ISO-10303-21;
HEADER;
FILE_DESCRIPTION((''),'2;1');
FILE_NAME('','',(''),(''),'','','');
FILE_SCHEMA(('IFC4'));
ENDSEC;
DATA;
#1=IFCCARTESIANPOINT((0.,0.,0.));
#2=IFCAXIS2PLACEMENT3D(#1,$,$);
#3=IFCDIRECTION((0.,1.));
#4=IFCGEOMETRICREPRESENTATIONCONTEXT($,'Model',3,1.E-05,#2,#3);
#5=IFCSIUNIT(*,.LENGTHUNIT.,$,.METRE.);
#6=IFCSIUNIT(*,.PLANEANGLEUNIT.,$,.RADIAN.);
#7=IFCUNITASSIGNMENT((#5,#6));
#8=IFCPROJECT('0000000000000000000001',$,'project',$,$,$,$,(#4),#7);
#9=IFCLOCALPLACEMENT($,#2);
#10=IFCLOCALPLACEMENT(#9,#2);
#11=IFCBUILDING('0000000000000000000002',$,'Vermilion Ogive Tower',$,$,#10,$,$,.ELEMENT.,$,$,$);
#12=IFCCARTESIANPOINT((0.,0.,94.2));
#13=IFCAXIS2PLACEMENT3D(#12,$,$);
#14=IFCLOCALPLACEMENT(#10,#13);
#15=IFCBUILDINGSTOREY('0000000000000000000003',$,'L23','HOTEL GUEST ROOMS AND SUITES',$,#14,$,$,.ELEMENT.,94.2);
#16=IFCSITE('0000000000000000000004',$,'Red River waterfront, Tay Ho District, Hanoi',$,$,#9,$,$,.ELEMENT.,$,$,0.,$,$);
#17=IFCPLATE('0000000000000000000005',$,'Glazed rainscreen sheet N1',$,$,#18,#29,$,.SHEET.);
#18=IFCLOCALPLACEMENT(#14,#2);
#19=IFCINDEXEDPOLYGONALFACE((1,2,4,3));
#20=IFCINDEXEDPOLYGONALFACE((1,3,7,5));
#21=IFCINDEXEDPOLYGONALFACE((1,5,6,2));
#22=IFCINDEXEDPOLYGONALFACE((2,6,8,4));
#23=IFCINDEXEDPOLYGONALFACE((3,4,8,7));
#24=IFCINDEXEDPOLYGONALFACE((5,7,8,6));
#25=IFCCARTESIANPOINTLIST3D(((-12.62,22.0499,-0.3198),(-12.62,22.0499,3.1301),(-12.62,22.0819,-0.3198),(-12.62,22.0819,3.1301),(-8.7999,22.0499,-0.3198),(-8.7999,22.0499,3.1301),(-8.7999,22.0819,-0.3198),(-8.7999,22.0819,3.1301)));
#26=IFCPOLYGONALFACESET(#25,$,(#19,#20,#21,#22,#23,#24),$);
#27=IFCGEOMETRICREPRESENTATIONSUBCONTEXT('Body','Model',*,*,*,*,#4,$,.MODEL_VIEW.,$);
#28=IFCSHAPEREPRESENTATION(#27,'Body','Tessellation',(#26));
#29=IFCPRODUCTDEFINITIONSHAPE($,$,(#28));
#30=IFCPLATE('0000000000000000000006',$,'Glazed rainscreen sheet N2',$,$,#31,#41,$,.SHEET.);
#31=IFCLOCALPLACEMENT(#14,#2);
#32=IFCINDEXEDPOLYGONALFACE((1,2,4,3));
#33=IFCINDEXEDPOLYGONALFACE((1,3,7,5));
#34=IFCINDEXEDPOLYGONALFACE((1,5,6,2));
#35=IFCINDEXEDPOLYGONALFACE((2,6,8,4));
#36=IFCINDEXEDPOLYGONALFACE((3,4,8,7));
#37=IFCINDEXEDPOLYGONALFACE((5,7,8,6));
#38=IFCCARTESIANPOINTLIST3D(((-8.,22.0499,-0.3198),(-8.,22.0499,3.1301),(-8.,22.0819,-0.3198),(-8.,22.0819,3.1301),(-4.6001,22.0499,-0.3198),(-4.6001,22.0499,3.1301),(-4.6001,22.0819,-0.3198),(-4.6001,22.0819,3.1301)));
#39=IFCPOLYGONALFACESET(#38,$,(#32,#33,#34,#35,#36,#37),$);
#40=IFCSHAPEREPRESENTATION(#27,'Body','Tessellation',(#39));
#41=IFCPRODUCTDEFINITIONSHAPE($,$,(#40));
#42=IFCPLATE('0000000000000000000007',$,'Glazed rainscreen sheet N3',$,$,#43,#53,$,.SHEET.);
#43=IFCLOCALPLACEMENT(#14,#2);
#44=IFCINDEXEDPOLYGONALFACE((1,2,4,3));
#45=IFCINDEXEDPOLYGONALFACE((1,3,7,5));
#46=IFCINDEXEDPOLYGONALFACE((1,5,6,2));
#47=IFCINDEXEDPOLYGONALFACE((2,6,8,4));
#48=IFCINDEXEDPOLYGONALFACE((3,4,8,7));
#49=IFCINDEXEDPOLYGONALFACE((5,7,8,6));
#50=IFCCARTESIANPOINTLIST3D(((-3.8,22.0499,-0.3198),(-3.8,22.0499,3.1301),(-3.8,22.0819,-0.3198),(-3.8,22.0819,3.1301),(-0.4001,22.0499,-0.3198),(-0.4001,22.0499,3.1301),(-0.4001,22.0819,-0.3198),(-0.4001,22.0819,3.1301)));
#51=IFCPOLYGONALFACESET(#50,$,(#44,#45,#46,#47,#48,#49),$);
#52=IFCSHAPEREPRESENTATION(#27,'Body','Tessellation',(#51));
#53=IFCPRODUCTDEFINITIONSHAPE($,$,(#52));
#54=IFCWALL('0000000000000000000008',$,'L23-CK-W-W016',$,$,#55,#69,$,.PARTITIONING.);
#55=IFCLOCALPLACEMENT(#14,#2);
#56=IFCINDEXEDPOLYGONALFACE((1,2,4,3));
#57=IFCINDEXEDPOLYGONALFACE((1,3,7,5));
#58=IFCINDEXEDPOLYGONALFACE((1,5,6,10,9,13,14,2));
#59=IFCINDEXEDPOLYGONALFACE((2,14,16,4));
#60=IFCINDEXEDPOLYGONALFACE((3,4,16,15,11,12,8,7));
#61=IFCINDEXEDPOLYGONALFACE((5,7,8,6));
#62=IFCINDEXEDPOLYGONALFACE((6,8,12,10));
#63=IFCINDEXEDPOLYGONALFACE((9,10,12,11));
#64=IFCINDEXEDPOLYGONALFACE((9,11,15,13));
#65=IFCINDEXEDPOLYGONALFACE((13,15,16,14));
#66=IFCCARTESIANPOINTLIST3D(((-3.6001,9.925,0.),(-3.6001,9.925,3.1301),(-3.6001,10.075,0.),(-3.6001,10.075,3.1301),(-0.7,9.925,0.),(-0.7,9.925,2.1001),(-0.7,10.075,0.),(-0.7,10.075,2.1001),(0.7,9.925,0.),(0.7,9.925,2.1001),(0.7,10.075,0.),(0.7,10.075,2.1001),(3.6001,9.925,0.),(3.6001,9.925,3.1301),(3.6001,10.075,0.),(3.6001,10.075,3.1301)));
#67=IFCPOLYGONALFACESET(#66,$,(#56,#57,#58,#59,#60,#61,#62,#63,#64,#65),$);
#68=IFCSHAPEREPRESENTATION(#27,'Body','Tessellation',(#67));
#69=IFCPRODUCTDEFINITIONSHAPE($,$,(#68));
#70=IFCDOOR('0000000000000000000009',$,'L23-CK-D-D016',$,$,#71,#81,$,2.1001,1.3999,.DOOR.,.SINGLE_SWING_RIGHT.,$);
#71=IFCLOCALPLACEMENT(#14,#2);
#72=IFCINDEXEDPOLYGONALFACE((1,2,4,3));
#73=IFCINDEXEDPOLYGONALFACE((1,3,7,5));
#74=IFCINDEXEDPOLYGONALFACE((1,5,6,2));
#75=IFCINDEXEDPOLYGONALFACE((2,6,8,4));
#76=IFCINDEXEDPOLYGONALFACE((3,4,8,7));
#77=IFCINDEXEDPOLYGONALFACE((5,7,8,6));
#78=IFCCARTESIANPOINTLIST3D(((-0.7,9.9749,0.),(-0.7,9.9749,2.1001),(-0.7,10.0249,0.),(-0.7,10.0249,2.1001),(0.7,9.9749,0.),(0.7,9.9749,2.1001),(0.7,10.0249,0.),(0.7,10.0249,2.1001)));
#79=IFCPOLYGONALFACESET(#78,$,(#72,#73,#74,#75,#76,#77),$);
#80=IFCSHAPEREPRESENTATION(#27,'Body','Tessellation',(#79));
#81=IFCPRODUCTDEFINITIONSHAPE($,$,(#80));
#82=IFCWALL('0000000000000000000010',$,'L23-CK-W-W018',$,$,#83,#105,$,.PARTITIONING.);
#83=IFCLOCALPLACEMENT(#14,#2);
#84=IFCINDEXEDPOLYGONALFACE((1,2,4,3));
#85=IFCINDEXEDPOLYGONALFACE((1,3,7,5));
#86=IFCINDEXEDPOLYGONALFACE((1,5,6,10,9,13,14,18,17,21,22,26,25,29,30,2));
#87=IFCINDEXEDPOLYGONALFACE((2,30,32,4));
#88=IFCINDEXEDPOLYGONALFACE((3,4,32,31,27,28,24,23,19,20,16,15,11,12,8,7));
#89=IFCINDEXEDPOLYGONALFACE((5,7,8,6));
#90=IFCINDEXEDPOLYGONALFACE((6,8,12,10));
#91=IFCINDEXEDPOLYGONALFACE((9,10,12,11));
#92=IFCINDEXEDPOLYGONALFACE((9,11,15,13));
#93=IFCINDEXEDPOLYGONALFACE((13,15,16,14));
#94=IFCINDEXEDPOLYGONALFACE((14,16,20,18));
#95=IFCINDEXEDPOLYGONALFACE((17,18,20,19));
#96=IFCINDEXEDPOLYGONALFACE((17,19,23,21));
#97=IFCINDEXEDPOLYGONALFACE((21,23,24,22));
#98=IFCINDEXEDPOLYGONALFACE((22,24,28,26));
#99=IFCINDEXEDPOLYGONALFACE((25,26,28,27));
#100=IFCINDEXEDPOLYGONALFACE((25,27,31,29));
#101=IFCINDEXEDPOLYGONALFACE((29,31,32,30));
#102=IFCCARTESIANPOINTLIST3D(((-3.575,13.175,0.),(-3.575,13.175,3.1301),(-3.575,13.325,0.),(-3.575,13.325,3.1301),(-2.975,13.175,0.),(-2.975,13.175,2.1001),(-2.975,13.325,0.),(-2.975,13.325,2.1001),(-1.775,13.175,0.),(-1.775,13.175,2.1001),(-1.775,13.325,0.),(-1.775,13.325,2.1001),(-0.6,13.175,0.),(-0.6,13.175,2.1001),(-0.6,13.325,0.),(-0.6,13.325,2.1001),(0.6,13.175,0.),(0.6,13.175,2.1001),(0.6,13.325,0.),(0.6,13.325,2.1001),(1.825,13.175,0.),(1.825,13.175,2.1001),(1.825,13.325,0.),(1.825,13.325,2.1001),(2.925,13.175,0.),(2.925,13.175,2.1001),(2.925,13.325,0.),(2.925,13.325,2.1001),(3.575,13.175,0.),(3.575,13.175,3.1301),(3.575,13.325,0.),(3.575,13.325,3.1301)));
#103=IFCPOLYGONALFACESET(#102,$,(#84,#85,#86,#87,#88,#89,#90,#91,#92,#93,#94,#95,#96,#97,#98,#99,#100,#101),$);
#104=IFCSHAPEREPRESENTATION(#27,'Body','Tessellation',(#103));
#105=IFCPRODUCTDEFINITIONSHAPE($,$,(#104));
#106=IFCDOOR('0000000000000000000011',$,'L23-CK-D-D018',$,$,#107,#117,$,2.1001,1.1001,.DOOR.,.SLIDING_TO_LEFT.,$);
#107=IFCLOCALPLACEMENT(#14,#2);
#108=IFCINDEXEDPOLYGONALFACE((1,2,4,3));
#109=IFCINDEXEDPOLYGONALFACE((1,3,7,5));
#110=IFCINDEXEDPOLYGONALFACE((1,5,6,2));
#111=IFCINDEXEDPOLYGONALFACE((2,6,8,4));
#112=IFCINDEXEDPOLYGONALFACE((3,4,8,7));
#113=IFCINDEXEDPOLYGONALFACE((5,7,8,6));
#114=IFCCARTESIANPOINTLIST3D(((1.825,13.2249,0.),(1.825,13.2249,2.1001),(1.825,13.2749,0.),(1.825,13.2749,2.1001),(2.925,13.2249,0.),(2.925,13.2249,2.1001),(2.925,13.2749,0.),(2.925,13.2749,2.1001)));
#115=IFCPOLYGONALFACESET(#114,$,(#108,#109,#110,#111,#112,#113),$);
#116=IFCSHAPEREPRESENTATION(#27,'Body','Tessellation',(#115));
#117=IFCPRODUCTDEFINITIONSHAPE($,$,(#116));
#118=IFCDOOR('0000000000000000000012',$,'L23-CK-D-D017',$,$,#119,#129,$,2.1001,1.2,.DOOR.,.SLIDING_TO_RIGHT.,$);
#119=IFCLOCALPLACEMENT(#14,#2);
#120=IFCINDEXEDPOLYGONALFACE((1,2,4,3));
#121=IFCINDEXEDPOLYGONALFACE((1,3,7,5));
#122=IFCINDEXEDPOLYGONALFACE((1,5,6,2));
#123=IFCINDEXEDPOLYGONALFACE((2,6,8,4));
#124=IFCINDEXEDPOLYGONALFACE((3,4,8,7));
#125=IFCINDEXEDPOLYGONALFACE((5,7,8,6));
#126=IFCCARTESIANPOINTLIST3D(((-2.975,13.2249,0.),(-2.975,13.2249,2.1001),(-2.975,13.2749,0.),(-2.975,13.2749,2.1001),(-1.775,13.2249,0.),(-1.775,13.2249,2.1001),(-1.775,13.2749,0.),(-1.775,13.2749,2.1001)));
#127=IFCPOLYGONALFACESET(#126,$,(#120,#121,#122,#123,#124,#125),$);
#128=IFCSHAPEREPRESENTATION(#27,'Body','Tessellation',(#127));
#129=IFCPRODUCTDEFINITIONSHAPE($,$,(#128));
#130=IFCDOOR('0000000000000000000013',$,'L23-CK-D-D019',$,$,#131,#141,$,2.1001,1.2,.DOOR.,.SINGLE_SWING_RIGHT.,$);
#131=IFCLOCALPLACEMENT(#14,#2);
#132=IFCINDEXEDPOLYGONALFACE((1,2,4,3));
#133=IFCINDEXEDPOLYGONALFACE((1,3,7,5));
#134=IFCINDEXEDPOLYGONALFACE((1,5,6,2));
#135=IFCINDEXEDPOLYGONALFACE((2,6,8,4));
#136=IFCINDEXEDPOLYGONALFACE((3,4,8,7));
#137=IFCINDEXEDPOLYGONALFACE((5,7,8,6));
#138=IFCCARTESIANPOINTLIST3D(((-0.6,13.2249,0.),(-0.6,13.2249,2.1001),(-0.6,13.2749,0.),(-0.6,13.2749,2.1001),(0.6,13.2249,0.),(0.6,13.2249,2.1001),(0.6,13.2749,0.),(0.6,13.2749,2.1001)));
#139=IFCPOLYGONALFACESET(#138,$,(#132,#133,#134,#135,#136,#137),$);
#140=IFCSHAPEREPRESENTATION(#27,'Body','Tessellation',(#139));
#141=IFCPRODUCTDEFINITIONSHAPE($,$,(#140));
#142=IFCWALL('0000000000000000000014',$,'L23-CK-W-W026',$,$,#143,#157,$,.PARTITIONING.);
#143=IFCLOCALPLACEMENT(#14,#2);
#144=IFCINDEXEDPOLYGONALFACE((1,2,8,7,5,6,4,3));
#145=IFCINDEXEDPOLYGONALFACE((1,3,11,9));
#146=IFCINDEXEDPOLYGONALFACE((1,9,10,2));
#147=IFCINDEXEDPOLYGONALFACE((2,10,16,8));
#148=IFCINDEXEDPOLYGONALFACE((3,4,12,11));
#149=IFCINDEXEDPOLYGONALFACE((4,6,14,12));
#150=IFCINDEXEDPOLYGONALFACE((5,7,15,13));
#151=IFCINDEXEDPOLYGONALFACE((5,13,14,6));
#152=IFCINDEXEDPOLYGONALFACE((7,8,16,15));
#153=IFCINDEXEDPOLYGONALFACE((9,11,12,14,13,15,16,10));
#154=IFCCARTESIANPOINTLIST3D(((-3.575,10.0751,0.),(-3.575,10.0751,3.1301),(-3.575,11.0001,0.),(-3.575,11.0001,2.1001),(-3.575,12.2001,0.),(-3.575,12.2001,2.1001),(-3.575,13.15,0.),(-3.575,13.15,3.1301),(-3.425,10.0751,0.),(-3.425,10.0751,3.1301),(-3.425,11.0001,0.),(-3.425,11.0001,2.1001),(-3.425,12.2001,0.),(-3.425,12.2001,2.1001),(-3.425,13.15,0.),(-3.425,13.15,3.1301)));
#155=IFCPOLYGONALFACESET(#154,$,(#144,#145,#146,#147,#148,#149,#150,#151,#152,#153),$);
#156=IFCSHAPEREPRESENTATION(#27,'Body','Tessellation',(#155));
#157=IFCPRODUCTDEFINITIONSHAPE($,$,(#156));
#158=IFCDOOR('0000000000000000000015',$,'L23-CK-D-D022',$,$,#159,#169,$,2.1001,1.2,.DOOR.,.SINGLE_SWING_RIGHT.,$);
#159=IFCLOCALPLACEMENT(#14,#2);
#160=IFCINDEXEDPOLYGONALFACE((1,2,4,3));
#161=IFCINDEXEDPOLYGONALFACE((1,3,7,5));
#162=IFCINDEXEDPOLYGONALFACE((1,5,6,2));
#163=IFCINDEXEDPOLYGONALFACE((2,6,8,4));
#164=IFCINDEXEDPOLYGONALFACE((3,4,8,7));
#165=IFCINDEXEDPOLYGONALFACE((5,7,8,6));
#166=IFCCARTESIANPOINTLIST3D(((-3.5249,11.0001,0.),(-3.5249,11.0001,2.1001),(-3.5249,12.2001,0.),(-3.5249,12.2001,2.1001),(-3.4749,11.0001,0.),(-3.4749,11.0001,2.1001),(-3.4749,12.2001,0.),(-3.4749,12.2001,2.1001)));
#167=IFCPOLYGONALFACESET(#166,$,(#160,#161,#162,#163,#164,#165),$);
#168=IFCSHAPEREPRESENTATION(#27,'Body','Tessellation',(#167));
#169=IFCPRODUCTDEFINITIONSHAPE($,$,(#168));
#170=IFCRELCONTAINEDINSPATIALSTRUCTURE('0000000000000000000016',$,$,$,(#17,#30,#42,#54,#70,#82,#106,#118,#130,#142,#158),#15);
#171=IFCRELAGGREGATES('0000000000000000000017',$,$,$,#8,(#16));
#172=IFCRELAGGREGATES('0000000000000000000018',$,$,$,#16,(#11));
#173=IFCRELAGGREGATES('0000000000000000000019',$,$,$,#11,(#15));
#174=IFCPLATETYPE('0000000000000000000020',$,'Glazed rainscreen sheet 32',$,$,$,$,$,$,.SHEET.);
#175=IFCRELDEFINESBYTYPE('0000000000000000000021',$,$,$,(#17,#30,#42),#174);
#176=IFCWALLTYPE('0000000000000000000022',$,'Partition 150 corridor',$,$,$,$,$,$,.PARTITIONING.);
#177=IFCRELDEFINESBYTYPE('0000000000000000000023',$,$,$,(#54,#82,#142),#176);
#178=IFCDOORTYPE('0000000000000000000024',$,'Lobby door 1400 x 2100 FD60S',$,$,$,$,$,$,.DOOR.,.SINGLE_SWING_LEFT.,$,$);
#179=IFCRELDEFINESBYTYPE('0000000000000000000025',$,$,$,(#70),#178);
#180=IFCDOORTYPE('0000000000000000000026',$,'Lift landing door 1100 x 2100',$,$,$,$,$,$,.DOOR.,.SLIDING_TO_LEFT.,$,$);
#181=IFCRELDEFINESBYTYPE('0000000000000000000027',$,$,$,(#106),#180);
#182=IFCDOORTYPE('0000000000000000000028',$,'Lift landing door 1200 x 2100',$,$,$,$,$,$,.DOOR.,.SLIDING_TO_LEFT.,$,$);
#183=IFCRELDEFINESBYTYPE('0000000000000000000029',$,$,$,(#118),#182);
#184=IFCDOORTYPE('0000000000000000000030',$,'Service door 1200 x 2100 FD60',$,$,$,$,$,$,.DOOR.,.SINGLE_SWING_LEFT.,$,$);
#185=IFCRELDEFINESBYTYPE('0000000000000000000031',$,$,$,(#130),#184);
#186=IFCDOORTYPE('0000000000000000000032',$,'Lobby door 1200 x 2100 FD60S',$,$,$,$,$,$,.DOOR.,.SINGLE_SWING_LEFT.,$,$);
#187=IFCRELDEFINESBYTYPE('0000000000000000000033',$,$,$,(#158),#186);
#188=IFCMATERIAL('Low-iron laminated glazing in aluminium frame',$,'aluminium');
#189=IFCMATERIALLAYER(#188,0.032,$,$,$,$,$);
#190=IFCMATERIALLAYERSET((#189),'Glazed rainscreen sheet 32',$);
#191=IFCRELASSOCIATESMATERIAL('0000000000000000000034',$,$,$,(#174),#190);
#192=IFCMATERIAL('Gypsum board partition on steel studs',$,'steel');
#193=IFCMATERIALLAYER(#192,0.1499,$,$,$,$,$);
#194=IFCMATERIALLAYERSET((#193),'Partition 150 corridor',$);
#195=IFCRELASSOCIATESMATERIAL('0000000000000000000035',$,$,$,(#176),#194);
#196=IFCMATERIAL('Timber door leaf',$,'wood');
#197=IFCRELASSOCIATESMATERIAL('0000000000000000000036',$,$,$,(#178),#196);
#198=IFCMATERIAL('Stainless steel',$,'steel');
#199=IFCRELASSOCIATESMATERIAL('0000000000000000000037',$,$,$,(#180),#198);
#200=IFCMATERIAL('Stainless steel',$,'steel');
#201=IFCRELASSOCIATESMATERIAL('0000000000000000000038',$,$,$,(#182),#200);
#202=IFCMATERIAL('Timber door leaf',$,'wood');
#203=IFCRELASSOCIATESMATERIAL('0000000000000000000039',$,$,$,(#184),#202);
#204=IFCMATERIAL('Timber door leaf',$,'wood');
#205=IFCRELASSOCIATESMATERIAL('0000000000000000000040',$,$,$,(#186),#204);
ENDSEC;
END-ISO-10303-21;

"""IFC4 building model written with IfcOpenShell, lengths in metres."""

from ifc_helpers import new_model, si_unit, direction, frame, frame_2d, origin, origin_2d, place, context, subcontext, project, spatial, rectangle, extrude, material, layer, layer_set, type_object, element, fill, save


model = new_model("IFC4")

# Units and contexts
model_context = context("Model", 3, precision=1e-05, world=origin(), true_north=direction((0.0, 1.0)))
body_context = subcontext(model_context, "Body", "Model", "MODEL_VIEW")
ifc_project = project(units=[si_unit("LENGTHUNIT", "METRE"), si_unit("PLANEANGLEUNIT", "RADIAN")], contexts=[model_context])

# Site, building, storey
site_placement = place(None, origin())
site = spatial("IfcSite", under=ifc_project, at=site_placement, Name="Red River waterfront, Tay Ho District, Hanoi", CompositionType="ELEMENT", RefElevation=0.0)
building_placement = place(site_placement, origin())
building = spatial("IfcBuilding", under=site, at=building_placement, Name="Vermilion Ogive Tower", CompositionType="ELEMENT")
storey_placement = place(building_placement, frame((0.0, 0.0, 94.2)))
storey = spatial("IfcBuildingStorey", under=building, at=storey_placement, Name="L23", Description="HOTEL GUEST ROOMS AND SUITES", CompositionType="ELEMENT", Elevation=94.2)

# Plates
ifc_material_1 = material(Name="Low-iron laminated glazing in aluminium frame", Category="aluminium")
ifc_layer_1 = layer(ifc_material_1, 0.032)
ifc_layer_set_1 = layer_set([ifc_layer_1], Name="Glazed rainscreen sheet 32")
plate_type = type_object("IfcPlateType", Name="Glazed rainscreen sheet 32", PredefinedType="SHEET", material=ifc_layer_set_1)
plate_placement = place(storey_placement, frame((-10.71, 22.0659, -0.3198), z_axis=(0.0, 0.0, 1.0), x_axis=(1.0, 0.0, 0.0)))
element("IfcPlate", 1, at=plate_placement, inside=storey, type_object=plate_type, Name="Glazed rainscreen sheet N1", PredefinedType="SHEET", context=body_context, shape_type="SweptSolid", body=[
    extrude(rectangle(XDim=3.8201, YDim=0.032, at=origin_2d()), origin(), (0.0, 0.0, 1.0), 3.45),
])
for number, where, z_axis, x_axis, name in (
    (2, (-6.3, 22.0659, -0.3198), (0.0, 0.0, 1.0), (1.0, 0.0, 0.0), "Glazed rainscreen sheet N2"),
    (3, (-2.1001, 22.0659, -0.3198), (0.0, 0.0, 1.0), (1.0, 0.0, 0.0), "Glazed rainscreen sheet N3"),
):
    element("IfcPlate", number, at=place(storey_placement, frame(where, z_axis=z_axis, x_axis=x_axis)), inside=storey, type_object=plate_type, Name=name, PredefinedType="SHEET", context=body_context, shape_type="SweptSolid", body=[
        extrude(rectangle(XDim=3.3999, YDim=0.032, at=origin_2d()), origin(), (0.0, 0.0, 1.0), 3.45),
    ])

# Wall, opening, door
ifc_material_2 = material(Name="Gypsum board partition on steel studs", Category="steel")
ifc_layer_2 = layer(ifc_material_2, 0.1499)
ifc_layer_set_2 = layer_set([ifc_layer_2], Name="Partition 150 corridor")
wall_type_1 = type_object("IfcWallType", Name="Partition 150 corridor", PredefinedType="PARTITIONING", material=ifc_layer_set_2)
wall_1_placement = place(storey_placement, frame((-3.6001, 10.0, 0.0), z_axis=(0.0, 0.0, 1.0), x_axis=(1.0, 0.0, 0.0)))
wall_1 = element("IfcWall", 4, at=wall_1_placement, inside=storey, type_object=wall_type_1, Name="L23-CK-W-W016", PredefinedType="PARTITIONING", context=body_context, shape_type="SweptSolid", body=[
    extrude(rectangle(XDim=7.2002, YDim=0.1499, at=frame_2d((3.6001, 0.0))), origin(), (0.0, 0.0, 1.0), 3.1301),
])
opening_1_placement = place(wall_1_placement, frame((2.9001, 0.0, 0.0)))
opening_1 = element("IfcOpeningElement", 5, at=opening_1_placement, cuts=wall_1, PredefinedType="OPENING", context=body_context, shape_type="SweptSolid", body=[
    extrude(rectangle(XDim=1.3999, YDim=2.1001, at=frame_2d((0.7, 1.05))), frame((0.0, 0.085, 0.0), z_axis=(0.0, -1.0, 0.0), x_axis=(1.0, 0.0, 0.0)), (0.0, 0.0, 1.0), 0.1699),
])
ifc_material_3 = material(Name="Timber door leaf", Category="wood")
door_type_1 = type_object("IfcDoorType", Name="Lobby door 1400 x 2100 FD60S", OperationType="SINGLE_SWING_LEFT", PredefinedType="DOOR", material=ifc_material_3)
door_1_placement = place(opening_1_placement, origin())
door_1 = element("IfcDoor", 6, at=door_1_placement, inside=storey, type_object=door_type_1, Name="L23-CK-D-D016", OperationType="SINGLE_SWING_RIGHT", OverallHeight=2.1001, OverallWidth=1.3999, PredefinedType="DOOR", context=body_context, shape_type="SweptSolid", body=[
    extrude(rectangle(XDim=1.3999, YDim=2.1001, at=frame_2d((0.7, 1.05))), frame((0.0, 0.0249, 0.0), z_axis=(0.0, -1.0, 0.0), x_axis=(1.0, 0.0, 0.0)), (0.0, 0.0, 1.0), 0.05),
])
fill(opening_1, door_1)

# Wall, openings, doors
wall_2_placement = place(storey_placement, frame((-3.575, 13.25, 0.0), z_axis=(0.0, 0.0, 1.0), x_axis=(1.0, 0.0, 0.0)))
wall_2 = element("IfcWall", 7, at=wall_2_placement, inside=storey, type_object=wall_type_1, Name="L23-CK-W-W018", PredefinedType="PARTITIONING", context=body_context, shape_type="SweptSolid", body=[
    extrude(rectangle(XDim=7.1499, YDim=0.1499, at=frame_2d((3.575, 0.0))), origin(), (0.0, 0.0, 1.0), 3.1301),
])
opening_2_placement = place(wall_2_placement, frame((0.5999, 0.0, 0.0)))
opening_2 = element("IfcOpeningElement", 8, at=opening_2_placement, cuts=wall_2, PredefinedType="OPENING", context=body_context, shape_type="SweptSolid", body=[
    extrude(rectangle(XDim=1.2, YDim=2.1001, at=frame_2d((0.6001, 1.05))), frame((0.0, 0.085, 0.0), z_axis=(0.0, -1.0, 0.0), x_axis=(1.0, 0.0, 0.0)), (0.0, 0.0, 1.0), 0.1699),
])
opening_3_placement = place(wall_2_placement, frame((5.3999, 0.0, 0.0)))
opening_3 = element("IfcOpeningElement", 9, at=opening_3_placement, cuts=wall_2, PredefinedType="OPENING", context=body_context, shape_type="SweptSolid", body=[
    extrude(rectangle(XDim=1.1001, YDim=2.1001, at=frame_2d((0.55, 1.05))), frame((0.0, 0.085, 0.0), z_axis=(0.0, -1.0, 0.0), x_axis=(1.0, 0.0, 0.0)), (0.0, 0.0, 1.0), 0.1699),
])
opening_4_placement = place(wall_2_placement, frame((2.9749, 0.0, 0.0)))
opening_4 = element("IfcOpeningElement", 10, at=opening_4_placement, cuts=wall_2, PredefinedType="OPENING", context=body_context, shape_type="SweptSolid", body=[
    extrude(rectangle(XDim=1.2, YDim=2.1001, at=frame_2d((0.6001, 1.05))), frame((0.0, 0.085, 0.0), z_axis=(0.0, -1.0, 0.0), x_axis=(1.0, 0.0, 0.0)), (0.0, 0.0, 1.0), 0.1699),
])
ifc_material_4 = material(Name="Stainless steel", Category="steel")
door_type_2 = type_object("IfcDoorType", Name="Lift landing door 1100 x 2100", OperationType="SLIDING_TO_LEFT", PredefinedType="DOOR", material=ifc_material_4)
door_2_placement = place(opening_3_placement, origin())
door_2 = element("IfcDoor", 11, at=door_2_placement, inside=storey, type_object=door_type_2, Name="L23-CK-D-D018", OperationType="SLIDING_TO_LEFT", OverallHeight=2.1001, OverallWidth=1.1001, PredefinedType="DOOR", context=body_context, shape_type="SweptSolid", body=[
    extrude(rectangle(XDim=1.1001, YDim=2.1001, at=frame_2d((0.55, 1.05))), frame((0.0, 0.0249, 0.0), z_axis=(0.0, -1.0, 0.0), x_axis=(1.0, 0.0, 0.0)), (0.0, 0.0, 1.0), 0.05),
])
fill(opening_3, door_2)
ifc_material_5 = material(Name="Stainless steel", Category="steel")
door_type_3 = type_object("IfcDoorType", Name="Lift landing door 1200 x 2100", OperationType="SLIDING_TO_LEFT", PredefinedType="DOOR", material=ifc_material_5)
door_3_placement = place(opening_2_placement, origin())
door_3 = element("IfcDoor", 12, at=door_3_placement, inside=storey, type_object=door_type_3, Name="L23-CK-D-D017", OperationType="SLIDING_TO_RIGHT", OverallHeight=2.1001, OverallWidth=1.2, PredefinedType="DOOR", context=body_context, shape_type="SweptSolid", body=[
    extrude(rectangle(XDim=1.2, YDim=2.1001, at=frame_2d((0.6001, 1.05))), frame((0.0, 0.0249, 0.0), z_axis=(0.0, -1.0, 0.0), x_axis=(1.0, 0.0, 0.0)), (0.0, 0.0, 1.0), 0.05),
])
fill(opening_2, door_3)
ifc_material_6 = material(Name="Timber door leaf", Category="wood")
door_type_4 = type_object("IfcDoorType", Name="Service door 1200 x 2100 FD60", OperationType="SINGLE_SWING_LEFT", PredefinedType="DOOR", material=ifc_material_6)
door_4_placement = place(opening_4_placement, origin())
door_4 = element("IfcDoor", 13, at=door_4_placement, inside=storey, type_object=door_type_4, Name="L23-CK-D-D019", OperationType="SINGLE_SWING_RIGHT", OverallHeight=2.1001, OverallWidth=1.2, PredefinedType="DOOR", context=body_context, shape_type="SweptSolid", body=[
    extrude(rectangle(XDim=1.2, YDim=2.1001, at=frame_2d((0.6001, 1.05))), frame((0.0, 0.0249, 0.0), z_axis=(0.0, -1.0, 0.0), x_axis=(1.0, 0.0, 0.0)), (0.0, 0.0, 1.0), 0.05),
])
fill(opening_4, door_4)

# Wall, opening, door
wall_3_placement = place(storey_placement, frame((-3.5, 10.075, 0.0), z_axis=(0.0, 0.0, 1.0), x_axis=(0.0, 1.0, 0.0)))
wall_3 = element("IfcWall", 14, at=wall_3_placement, inside=storey, type_object=wall_type_1, Name="L23-CK-W-W026", PredefinedType="PARTITIONING", context=body_context, shape_type="SweptSolid", body=[
    extrude(rectangle(XDim=3.075, YDim=0.1499, at=frame_2d((1.5376, 0.0))), origin(), (0.0, 0.0, 1.0), 3.1301),
])
opening_5_placement = place(wall_3_placement, frame((0.925, 0.0, 0.0)))
opening_5 = element("IfcOpeningElement", 15, at=opening_5_placement, cuts=wall_3, PredefinedType="OPENING", context=body_context, shape_type="SweptSolid", body=[
    extrude(rectangle(XDim=1.2, YDim=2.1001, at=frame_2d((0.6001, 1.05))), frame((0.0, 0.085, 0.0), z_axis=(0.0, -1.0, 0.0), x_axis=(1.0, 0.0, 0.0)), (0.0, 0.0, 1.0), 0.1699),
])
ifc_material_7 = material(Name="Timber door leaf", Category="wood")
door_type_5 = type_object("IfcDoorType", Name="Lobby door 1200 x 2100 FD60S", OperationType="SINGLE_SWING_LEFT", PredefinedType="DOOR", material=ifc_material_7)
door_5_placement = place(opening_5_placement, origin())
door_5 = element("IfcDoor", 16, at=door_5_placement, inside=storey, type_object=door_type_5, Name="L23-CK-D-D022", OperationType="SINGLE_SWING_RIGHT", OverallHeight=2.1001, OverallWidth=1.2, PredefinedType="DOOR", context=body_context, shape_type="SweptSolid", body=[
    extrude(rectangle(XDim=1.2, YDim=2.1001, at=frame_2d((0.6001, 1.05))), frame((0.0, 0.0249, 0.0), z_axis=(0.0, -1.0, 0.0), x_axis=(1.0, 0.0, 0.0)), (0.0, 0.0, 1.0), 0.05),
])
fill(opening_5, door_5)

save(model, "model.ifc")
